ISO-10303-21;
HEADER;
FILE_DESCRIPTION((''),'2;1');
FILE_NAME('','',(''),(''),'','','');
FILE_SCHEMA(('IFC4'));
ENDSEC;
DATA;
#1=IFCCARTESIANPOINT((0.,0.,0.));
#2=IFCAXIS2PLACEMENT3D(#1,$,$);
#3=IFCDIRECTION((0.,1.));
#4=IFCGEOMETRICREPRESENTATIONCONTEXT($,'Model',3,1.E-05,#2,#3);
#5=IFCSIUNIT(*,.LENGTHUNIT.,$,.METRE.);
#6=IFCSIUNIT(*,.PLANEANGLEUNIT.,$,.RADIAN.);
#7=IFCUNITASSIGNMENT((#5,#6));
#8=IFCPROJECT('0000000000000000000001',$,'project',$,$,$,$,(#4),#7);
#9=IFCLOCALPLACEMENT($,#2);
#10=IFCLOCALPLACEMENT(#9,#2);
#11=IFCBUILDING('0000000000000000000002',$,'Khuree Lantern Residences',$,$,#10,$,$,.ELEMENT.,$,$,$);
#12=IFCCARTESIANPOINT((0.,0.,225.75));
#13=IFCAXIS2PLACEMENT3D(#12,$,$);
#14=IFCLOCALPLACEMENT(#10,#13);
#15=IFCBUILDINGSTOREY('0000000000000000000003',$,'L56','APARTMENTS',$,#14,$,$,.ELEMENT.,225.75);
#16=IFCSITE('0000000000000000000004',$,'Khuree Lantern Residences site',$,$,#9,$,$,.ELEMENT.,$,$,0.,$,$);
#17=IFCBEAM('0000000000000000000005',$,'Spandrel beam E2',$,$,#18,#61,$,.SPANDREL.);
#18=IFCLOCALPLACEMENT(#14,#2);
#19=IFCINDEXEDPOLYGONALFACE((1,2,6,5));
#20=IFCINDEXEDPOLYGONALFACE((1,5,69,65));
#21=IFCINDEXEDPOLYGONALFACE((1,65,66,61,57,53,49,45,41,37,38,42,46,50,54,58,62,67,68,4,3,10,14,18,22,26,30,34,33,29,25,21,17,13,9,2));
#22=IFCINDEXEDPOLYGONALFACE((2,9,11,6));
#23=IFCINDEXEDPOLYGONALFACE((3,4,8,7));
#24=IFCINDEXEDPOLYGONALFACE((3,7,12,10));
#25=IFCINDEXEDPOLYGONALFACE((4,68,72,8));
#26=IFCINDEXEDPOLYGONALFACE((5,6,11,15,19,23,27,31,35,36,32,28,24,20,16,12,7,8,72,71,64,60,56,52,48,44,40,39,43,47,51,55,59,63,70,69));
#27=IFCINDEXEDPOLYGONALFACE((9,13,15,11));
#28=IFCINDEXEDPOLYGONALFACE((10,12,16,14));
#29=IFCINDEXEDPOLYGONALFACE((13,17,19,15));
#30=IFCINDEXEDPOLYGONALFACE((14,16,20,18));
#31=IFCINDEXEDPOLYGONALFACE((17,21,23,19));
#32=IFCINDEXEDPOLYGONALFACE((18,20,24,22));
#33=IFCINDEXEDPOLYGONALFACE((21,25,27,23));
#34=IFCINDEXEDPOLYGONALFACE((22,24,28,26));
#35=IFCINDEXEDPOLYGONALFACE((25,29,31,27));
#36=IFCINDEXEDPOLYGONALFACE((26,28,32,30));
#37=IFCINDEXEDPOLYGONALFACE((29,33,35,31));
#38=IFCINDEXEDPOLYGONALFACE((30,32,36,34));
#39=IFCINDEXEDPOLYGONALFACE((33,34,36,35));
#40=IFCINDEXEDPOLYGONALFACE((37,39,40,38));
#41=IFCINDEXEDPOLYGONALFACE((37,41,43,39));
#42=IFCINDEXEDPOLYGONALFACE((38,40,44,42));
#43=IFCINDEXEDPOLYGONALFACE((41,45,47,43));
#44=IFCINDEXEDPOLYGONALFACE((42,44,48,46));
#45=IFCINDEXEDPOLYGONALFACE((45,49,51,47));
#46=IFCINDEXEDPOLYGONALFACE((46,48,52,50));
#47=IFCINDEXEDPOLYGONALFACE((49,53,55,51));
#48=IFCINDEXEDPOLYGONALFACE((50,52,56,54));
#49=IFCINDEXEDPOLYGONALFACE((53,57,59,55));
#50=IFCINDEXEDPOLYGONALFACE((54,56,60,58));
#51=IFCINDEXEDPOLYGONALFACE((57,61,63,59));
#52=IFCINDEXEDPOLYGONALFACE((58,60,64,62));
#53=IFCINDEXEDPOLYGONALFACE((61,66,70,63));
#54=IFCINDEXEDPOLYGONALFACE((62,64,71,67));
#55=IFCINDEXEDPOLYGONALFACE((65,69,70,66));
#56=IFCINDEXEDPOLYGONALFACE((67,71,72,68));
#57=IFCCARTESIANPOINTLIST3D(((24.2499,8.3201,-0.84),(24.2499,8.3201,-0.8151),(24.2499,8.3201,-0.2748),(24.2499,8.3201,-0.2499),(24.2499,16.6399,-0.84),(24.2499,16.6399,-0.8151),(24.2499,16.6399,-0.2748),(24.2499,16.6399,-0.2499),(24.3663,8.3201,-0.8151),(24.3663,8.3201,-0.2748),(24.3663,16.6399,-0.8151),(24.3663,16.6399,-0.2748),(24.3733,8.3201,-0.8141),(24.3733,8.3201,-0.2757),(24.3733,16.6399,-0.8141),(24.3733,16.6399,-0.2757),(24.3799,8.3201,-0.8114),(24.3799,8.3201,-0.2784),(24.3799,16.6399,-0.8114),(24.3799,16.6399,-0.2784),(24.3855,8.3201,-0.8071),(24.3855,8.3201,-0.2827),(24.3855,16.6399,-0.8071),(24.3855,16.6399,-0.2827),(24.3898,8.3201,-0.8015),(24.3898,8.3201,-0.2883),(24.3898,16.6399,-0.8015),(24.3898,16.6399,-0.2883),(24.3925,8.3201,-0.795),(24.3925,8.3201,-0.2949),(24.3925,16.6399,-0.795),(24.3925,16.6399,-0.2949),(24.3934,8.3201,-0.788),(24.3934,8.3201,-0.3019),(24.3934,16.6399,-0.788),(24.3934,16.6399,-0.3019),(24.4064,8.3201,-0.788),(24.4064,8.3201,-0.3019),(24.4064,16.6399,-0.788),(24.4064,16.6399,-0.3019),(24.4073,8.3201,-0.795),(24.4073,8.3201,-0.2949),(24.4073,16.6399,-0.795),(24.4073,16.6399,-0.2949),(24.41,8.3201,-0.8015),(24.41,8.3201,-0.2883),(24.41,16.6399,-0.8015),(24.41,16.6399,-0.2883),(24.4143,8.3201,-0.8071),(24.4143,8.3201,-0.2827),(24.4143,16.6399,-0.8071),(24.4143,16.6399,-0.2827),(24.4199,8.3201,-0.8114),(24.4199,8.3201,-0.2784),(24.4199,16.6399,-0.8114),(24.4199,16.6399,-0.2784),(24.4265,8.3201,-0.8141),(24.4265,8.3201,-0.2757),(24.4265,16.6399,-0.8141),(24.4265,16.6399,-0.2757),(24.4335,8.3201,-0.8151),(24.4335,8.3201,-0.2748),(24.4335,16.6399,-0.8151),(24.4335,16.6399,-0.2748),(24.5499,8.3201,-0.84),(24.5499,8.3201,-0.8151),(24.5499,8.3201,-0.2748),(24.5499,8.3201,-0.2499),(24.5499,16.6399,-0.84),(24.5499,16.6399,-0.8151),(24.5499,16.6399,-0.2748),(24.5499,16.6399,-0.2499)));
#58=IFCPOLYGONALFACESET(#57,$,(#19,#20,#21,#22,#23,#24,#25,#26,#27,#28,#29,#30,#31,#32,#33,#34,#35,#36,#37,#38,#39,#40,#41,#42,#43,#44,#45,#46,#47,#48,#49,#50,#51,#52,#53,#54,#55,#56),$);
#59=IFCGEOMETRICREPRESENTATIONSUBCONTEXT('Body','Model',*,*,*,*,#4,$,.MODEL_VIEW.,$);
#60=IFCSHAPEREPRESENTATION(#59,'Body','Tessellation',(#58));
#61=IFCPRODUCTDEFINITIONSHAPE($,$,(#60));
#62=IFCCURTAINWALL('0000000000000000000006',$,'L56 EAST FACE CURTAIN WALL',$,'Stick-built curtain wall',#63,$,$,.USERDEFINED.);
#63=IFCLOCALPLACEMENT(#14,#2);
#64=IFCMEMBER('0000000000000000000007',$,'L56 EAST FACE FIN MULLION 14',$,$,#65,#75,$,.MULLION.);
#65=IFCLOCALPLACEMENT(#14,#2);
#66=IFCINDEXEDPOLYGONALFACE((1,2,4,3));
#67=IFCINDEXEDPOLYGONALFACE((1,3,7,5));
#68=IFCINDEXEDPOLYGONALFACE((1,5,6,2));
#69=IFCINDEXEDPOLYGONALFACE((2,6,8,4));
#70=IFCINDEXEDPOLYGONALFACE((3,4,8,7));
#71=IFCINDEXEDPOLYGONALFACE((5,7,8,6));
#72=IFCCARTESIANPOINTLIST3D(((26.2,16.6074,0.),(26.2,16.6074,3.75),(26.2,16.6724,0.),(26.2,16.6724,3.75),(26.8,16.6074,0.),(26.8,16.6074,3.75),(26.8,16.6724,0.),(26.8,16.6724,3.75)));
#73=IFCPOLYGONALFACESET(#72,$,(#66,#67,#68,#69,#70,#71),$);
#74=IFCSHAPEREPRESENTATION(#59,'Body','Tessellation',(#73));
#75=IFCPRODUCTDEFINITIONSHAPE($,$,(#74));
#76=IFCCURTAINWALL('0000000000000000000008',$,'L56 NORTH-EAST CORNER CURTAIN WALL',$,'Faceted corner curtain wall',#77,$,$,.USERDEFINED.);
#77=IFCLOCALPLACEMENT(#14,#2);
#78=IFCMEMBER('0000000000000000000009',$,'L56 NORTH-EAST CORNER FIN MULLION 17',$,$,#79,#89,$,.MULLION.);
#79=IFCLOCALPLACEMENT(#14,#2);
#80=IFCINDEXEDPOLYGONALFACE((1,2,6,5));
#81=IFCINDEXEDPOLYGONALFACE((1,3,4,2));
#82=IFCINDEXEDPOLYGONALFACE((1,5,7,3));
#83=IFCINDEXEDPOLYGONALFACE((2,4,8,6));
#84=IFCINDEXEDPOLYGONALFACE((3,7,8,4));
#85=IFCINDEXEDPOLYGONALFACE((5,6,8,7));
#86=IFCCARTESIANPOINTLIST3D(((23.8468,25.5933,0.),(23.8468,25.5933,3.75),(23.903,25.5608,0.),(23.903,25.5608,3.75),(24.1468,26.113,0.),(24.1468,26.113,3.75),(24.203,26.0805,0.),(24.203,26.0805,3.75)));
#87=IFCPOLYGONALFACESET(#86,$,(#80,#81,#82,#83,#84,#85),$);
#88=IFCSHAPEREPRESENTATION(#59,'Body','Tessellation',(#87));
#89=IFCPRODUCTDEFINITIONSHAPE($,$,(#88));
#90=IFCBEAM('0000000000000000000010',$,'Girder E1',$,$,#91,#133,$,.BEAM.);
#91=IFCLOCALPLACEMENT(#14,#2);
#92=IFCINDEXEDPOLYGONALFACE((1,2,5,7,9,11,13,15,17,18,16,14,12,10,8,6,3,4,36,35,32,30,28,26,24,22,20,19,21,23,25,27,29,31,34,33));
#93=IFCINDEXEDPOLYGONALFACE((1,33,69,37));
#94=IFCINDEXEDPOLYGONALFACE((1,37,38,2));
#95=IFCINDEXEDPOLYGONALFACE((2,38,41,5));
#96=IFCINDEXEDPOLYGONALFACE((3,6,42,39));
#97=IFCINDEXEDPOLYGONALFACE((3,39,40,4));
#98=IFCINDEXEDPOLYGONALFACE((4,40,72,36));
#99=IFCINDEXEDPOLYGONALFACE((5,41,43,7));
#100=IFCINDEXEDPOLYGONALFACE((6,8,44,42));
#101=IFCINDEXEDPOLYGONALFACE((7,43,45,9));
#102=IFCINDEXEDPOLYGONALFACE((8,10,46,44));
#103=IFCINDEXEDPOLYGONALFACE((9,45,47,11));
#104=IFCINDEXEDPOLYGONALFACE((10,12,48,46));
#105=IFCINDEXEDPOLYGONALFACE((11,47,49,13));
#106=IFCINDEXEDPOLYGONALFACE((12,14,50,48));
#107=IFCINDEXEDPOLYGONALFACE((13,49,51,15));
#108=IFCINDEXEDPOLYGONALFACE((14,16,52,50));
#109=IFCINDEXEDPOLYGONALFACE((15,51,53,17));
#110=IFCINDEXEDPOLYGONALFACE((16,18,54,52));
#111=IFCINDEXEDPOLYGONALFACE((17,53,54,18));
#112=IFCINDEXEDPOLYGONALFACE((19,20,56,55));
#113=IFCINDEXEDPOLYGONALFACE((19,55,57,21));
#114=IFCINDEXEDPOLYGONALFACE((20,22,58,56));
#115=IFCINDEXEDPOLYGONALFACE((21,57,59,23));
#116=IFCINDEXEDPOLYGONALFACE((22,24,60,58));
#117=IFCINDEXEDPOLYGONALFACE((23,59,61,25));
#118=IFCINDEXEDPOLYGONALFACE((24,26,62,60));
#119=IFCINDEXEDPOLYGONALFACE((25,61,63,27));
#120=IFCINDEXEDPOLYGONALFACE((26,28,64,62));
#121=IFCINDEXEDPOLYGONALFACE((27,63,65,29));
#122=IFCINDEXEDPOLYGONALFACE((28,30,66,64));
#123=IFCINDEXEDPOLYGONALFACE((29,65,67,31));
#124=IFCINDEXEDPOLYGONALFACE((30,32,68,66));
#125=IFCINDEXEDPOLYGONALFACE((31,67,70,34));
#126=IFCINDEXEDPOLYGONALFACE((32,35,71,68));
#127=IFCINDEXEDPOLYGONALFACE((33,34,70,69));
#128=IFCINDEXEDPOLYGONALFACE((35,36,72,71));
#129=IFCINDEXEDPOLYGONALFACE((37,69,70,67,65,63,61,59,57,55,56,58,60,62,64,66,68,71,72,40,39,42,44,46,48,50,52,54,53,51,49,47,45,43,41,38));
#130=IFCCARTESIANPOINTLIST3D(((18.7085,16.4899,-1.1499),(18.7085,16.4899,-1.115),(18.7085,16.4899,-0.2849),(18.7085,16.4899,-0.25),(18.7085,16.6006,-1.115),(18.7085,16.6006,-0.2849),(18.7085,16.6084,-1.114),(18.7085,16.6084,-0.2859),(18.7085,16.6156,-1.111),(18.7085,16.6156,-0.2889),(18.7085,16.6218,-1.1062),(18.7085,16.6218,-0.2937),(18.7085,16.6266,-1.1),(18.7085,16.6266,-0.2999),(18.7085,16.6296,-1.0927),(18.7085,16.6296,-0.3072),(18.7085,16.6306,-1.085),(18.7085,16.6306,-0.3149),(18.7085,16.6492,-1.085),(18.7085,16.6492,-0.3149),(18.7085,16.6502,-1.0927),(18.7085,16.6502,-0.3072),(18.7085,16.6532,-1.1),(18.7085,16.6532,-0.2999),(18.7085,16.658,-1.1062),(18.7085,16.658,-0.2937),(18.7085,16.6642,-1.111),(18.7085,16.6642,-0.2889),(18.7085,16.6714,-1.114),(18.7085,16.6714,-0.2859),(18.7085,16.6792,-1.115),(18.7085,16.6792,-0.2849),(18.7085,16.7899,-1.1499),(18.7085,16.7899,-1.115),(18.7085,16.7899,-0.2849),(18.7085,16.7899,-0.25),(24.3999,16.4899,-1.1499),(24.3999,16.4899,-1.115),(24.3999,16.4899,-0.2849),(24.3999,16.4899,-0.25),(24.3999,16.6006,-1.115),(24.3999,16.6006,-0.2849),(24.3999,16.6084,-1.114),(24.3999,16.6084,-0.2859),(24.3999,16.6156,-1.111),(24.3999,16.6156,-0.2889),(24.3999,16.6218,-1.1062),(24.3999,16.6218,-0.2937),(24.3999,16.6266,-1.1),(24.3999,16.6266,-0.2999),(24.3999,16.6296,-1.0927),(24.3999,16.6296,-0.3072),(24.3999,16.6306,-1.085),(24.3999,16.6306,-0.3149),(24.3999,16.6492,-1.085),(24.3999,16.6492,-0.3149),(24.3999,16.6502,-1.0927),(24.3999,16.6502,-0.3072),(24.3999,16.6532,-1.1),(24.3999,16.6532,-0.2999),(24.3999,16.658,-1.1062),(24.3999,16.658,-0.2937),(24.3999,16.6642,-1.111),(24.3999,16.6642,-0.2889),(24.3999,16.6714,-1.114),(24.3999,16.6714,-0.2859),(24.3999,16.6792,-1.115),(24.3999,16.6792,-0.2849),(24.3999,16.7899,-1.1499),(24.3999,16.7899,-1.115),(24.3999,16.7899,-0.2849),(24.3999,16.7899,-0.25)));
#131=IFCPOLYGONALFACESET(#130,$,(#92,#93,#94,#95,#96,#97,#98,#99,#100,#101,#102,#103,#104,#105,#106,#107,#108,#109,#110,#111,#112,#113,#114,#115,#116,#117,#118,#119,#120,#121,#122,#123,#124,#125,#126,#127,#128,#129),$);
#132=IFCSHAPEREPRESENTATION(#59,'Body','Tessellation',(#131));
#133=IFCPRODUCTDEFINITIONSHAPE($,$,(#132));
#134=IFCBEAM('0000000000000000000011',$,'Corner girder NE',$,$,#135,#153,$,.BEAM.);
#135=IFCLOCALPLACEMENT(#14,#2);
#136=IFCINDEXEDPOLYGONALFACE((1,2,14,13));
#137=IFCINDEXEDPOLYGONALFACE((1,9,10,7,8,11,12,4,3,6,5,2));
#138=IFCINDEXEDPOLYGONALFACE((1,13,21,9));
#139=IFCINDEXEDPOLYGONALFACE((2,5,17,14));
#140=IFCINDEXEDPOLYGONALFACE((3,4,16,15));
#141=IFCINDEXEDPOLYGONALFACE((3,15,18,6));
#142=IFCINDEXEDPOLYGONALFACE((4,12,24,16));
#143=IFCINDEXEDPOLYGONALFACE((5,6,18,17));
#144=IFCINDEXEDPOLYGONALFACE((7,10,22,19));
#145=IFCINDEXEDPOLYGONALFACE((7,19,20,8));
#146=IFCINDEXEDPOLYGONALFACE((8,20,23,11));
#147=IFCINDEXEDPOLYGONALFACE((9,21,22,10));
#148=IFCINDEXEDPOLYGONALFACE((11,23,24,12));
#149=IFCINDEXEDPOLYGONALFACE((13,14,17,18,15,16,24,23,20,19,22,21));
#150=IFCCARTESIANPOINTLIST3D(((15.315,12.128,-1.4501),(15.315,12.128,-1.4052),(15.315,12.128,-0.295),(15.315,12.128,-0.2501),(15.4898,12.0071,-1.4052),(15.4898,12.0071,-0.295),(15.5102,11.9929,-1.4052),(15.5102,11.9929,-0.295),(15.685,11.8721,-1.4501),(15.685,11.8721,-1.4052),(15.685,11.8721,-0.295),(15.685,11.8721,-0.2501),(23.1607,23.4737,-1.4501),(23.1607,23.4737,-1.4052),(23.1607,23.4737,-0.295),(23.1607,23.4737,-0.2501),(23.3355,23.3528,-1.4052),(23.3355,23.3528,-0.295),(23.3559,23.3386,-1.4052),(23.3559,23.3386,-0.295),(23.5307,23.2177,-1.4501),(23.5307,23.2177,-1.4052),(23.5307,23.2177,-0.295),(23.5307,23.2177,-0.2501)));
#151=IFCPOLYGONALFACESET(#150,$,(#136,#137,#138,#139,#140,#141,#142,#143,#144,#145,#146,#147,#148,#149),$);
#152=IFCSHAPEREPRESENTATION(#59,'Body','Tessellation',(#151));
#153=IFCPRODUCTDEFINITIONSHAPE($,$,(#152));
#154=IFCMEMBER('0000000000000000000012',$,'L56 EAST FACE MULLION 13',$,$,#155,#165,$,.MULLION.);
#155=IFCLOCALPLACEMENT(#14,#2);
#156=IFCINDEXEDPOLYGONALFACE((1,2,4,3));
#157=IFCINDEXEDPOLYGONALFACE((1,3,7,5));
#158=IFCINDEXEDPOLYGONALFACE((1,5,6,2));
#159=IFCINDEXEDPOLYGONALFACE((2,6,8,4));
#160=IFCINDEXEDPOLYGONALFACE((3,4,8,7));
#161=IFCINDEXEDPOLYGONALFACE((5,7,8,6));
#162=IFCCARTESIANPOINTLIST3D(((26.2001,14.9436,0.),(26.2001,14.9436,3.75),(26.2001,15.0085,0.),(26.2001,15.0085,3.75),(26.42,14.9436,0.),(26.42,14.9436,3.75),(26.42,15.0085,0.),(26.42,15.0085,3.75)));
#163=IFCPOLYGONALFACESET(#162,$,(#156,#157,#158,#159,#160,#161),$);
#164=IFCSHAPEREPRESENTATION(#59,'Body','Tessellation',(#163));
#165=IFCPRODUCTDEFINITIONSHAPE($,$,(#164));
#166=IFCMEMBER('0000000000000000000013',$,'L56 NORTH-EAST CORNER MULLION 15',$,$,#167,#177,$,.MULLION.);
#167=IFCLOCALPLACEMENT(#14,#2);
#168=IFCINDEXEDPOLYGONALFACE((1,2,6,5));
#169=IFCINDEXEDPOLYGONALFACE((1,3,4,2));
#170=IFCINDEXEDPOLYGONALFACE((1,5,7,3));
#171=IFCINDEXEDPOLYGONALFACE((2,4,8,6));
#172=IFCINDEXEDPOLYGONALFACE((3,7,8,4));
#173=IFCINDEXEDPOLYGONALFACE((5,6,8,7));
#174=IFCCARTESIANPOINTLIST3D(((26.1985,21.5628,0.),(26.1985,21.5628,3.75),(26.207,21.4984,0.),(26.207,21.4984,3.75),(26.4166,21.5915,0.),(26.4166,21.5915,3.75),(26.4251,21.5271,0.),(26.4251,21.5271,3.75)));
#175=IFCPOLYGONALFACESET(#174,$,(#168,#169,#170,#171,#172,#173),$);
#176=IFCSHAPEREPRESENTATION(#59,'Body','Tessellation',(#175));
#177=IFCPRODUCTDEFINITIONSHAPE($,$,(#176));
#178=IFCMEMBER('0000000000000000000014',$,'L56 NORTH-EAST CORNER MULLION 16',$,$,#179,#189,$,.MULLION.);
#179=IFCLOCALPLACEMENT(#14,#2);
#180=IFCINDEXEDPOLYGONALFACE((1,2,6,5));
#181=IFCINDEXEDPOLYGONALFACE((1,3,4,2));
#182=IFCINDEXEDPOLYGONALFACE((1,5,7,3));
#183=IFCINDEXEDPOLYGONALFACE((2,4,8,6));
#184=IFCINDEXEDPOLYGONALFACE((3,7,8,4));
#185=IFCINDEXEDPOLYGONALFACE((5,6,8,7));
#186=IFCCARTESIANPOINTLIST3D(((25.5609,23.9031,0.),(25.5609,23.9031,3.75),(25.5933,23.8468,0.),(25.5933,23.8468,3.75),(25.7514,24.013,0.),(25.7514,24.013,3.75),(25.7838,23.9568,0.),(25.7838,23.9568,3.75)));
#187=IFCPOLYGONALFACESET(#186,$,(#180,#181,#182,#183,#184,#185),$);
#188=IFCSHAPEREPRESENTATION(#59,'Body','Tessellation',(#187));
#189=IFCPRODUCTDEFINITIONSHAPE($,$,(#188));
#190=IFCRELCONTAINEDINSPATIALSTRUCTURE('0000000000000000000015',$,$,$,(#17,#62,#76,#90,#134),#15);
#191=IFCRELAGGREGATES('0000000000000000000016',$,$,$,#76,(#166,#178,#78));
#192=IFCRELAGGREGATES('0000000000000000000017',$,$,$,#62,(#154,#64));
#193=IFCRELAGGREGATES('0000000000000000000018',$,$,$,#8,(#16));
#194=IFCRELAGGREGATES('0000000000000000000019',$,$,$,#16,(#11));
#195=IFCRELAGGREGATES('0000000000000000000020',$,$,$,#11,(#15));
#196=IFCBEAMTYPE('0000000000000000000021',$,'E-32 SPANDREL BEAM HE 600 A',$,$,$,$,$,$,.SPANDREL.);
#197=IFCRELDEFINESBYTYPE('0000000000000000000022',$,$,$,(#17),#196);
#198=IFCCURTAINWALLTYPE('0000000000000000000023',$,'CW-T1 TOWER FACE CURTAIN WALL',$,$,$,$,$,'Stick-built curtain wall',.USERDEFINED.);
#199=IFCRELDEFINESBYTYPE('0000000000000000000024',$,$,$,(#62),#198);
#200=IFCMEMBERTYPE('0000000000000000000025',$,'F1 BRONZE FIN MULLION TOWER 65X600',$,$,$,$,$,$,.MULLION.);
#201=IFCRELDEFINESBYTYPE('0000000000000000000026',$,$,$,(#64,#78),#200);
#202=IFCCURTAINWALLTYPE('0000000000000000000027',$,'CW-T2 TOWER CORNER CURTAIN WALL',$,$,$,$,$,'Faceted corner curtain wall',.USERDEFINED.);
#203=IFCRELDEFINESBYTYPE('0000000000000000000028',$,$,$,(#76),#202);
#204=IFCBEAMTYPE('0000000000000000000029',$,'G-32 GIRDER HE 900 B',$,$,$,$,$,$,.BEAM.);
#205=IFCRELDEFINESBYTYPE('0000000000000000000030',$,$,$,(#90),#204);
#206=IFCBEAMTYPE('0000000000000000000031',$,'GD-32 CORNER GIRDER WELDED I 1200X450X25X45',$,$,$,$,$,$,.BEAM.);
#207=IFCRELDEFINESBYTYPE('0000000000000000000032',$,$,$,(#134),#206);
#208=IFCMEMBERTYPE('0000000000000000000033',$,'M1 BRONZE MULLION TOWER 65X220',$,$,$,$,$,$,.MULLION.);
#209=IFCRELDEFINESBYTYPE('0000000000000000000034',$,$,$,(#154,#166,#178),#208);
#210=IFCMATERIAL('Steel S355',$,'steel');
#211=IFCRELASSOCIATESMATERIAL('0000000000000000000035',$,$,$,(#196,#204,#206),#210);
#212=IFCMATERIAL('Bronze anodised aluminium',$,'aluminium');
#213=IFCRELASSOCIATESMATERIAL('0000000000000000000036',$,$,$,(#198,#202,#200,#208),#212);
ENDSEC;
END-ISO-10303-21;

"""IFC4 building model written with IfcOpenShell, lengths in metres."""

from ifc_helpers import new_model, si_unit, direction, frame, origin, origin_2d, place, context, subcontext, project, spatial, rectangle, i_section, extrude, material, material_profile, profile_set, type_object, element, aggregate, save


model = new_model("IFC4")

# Units and contexts
model_context = context("Model", 3, precision=1e-05, world=origin(), true_north=direction((0.0, 1.0)))
body_context = subcontext(model_context, "Body", "Model", "MODEL_VIEW")
ifc_project = project(units=[si_unit("LENGTHUNIT", "METRE"), si_unit("PLANEANGLEUNIT", "RADIAN")], contexts=[model_context])

# Site, building, storey
site_placement = place(None, origin())
site = spatial("IfcSite", under=ifc_project, at=site_placement, Name="Khuree Lantern Residences site", CompositionType="ELEMENT", RefElevation=0.0)
building_placement = place(site_placement, origin())
building = spatial("IfcBuilding", under=site, at=building_placement, Name="Khuree Lantern Residences", CompositionType="ELEMENT")
storey_placement = place(building_placement, frame((0.0, 0.0, 225.75)))
storey = spatial("IfcBuildingStorey", under=building, at=storey_placement, Name="L56", Description="APARTMENTS", CompositionType="ELEMENT", Elevation=225.75)

# Beam
ifc_material_1 = material(Name="Steel S355", Category="steel")
ifc_material_profile_1 = material_profile(ifc_material_1, i_section(OverallWidth=0.3, OverallDepth=0.5901, WebThickness=0.0129, FlangeThickness=0.0249, FilletRadius=0.0271, at=origin_2d()), Name="HE 600 A")
ifc_profile_set_1 = profile_set([ifc_material_profile_1], Name="Steel S355")
beam_type_1 = type_object("IfcBeamType", Name="E-32 SPANDREL BEAM HE 600 A", PredefinedType="SPANDREL", material=ifc_profile_set_1)
beam_1_placement = place(storey_placement, frame((24.3999, 16.6399, -0.5449), z_axis=(0.0, -1.0, 0.0), x_axis=(1.0, 0.0, 0.0)))
element("IfcBeam", 1, at=beam_1_placement, inside=storey, type_object=beam_type_1, Name="Spandrel beam E2", PredefinedType="SPANDREL", context=body_context, shape_type="SweptSolid", body=[
    extrude(i_section(OverallWidth=0.3, OverallDepth=0.5901, WebThickness=0.0129, FlangeThickness=0.0249, FilletRadius=0.0271, at=origin_2d()), origin(), (0.0, 0.0, 1.0), 8.3198),
])

# Curtain walls, members
ifc_material_2 = material(Name="Bronze anodised aluminium", Category="aluminium")
curtain_wall_type_1 = type_object("IfcCurtainWallType", Name="CW-T1 TOWER FACE CURTAIN WALL", ElementType="Stick-built curtain wall", PredefinedType="USERDEFINED", material=ifc_material_2)
curtain_wall_1_placement = place(storey_placement, origin())
curtain_wall_1 = element("IfcCurtainWall", 2, at=curtain_wall_1_placement, inside=storey, type_object=curtain_wall_type_1, Name="L56 EAST FACE CURTAIN WALL", ObjectType="Stick-built curtain wall", PredefinedType="USERDEFINED")
ifc_material_profile_2 = material_profile(ifc_material_2, rectangle(XDim=0.0649, YDim=0.6001, at=origin_2d()), Name="F1 65X600")
ifc_profile_set_2 = profile_set([ifc_material_profile_2], Name="Bronze anodised aluminium")
member_type_1 = type_object("IfcMemberType", Name="F1 BRONZE FIN MULLION TOWER 65X600", PredefinedType="MULLION", material=ifc_profile_set_2)
member_1_placement = place(storey_placement, frame((26.5, 16.6399, 0.0), z_axis=(0.0, 0.0, 1.0), x_axis=(0.0, 1.0, 0.0)))
member_1 = element("IfcMember", 3, at=member_1_placement, type_object=member_type_1, Name="L56 EAST FACE FIN MULLION 14", PredefinedType="MULLION", context=body_context, shape_type="SweptSolid", body=[
    extrude(rectangle(XDim=0.0649, YDim=0.6001, at=origin_2d()), origin(), (0.0, 0.0, 1.0), 3.75),
])
curtain_wall_type_2 = type_object("IfcCurtainWallType", Name="CW-T2 TOWER CORNER CURTAIN WALL", ElementType="Faceted corner curtain wall", PredefinedType="USERDEFINED", material=ifc_material_2)
curtain_wall_2_placement = place(storey_placement, origin())
curtain_wall_2 = element("IfcCurtainWall", 4, at=curtain_wall_2_placement, inside=storey, type_object=curtain_wall_type_2, Name="L56 NORTH-EAST CORNER CURTAIN WALL", ObjectType="Faceted corner curtain wall", PredefinedType="USERDEFINED")
member_2_placement = place(storey_placement, frame((24.0249, 25.8369, 0.0), z_axis=(0.0, 0.0, 1.0), x_axis=(-0.866025, 0.5, 0.0)))
member_2 = element("IfcMember", 5, at=member_2_placement, type_object=member_type_1, Name="L56 NORTH-EAST CORNER FIN MULLION 17", PredefinedType="MULLION", context=body_context, shape_type="SweptSolid", body=[
    extrude(rectangle(XDim=0.0649, YDim=0.6001, at=origin_2d()), origin(), (0.0, 0.0, 1.0), 3.75),
])

# Beams
ifc_material_profile_3 = material_profile(ifc_material_1, i_section(OverallWidth=0.3, OverallDepth=0.8999, WebThickness=0.0186, FlangeThickness=0.0349, FilletRadius=0.03, at=origin_2d()), Name="HE 900 B")
ifc_profile_set_3 = profile_set([ifc_material_profile_3], Name="Steel S355")
beam_type_2 = type_object("IfcBeamType", Name="G-32 GIRDER HE 900 B", PredefinedType="BEAM", material=ifc_profile_set_3)
beam_2_placement = place(storey_placement, frame((24.3999, 16.6399, -0.7), z_axis=(-1.0, 0.0, 0.0), x_axis=(0.0, -1.0, 0.0)))
element("IfcBeam", 6, at=beam_2_placement, inside=storey, type_object=beam_type_2, Name="Girder E1", PredefinedType="BEAM", context=body_context, shape_type="SweptSolid", body=[
    extrude(i_section(OverallWidth=0.3, OverallDepth=0.8999, WebThickness=0.0186, FlangeThickness=0.0349, FilletRadius=0.03, at=origin_2d()), origin(), (0.0, 0.0, 1.0), 5.6914),
])
ifc_material_profile_4 = material_profile(ifc_material_1, i_section(OverallWidth=0.45, OverallDepth=1.2, WebThickness=0.0249, FlangeThickness=0.0449, at=origin_2d()), Name="WELDED I 1200X450X25X45")
ifc_profile_set_4 = profile_set([ifc_material_profile_4], Name="Steel S355")
beam_type_3 = type_object("IfcBeamType", Name="GD-32 CORNER GIRDER WELDED I 1200X450X25X45", PredefinedType="BEAM", material=ifc_profile_set_4)
beam_3_placement = place(storey_placement, frame((23.3457, 23.3457, -0.8501), z_axis=(-0.568768, -0.822498, 0.0), x_axis=(0.822498, -0.568768, 0.0)))
element("IfcBeam", 7, at=beam_3_placement, inside=storey, type_object=beam_type_3, Name="Corner girder NE", PredefinedType="BEAM", context=body_context, shape_type="SweptSolid", body=[
    extrude(i_section(OverallWidth=0.45, OverallDepth=1.2, WebThickness=0.0249, FlangeThickness=0.0449, at=origin_2d()), origin(), (0.0, 0.0, 1.0), 13.7942),
])

# Members
ifc_material_profile_5 = material_profile(ifc_material_2, rectangle(XDim=0.0649, YDim=0.22, at=origin_2d()), Name="M1 65X220")
ifc_profile_set_5 = profile_set([ifc_material_profile_5], Name="Bronze anodised aluminium")
member_type_2 = type_object("IfcMemberType", Name="M1 BRONZE MULLION TOWER 65X220", PredefinedType="MULLION", material=ifc_profile_set_5)
member_3_placement = place(storey_placement, frame((26.3101, 14.9761, 0.0), z_axis=(0.0, 0.0, 1.0), x_axis=(0.0, 1.0, 0.0)))
member_3 = element("IfcMember", 8, at=member_3_placement, type_object=member_type_2, Name="L56 EAST FACE MULLION 13", PredefinedType="MULLION", context=body_context, shape_type="SweptSolid", body=[
    extrude(rectangle(XDim=0.0649, YDim=0.22, at=origin_2d()), origin(), (0.0, 0.0, 1.0), 3.75),
])
member_4_placement = place(storey_placement, frame((26.3118, 21.5449, 0.0), z_axis=(0.0, 0.0, 1.0), x_axis=(-0.130526, 0.991445, 0.0)))
member_4 = element("IfcMember", 9, at=member_4_placement, type_object=member_type_2, Name="L56 NORTH-EAST CORNER MULLION 15", PredefinedType="MULLION", context=body_context, shape_type="SweptSolid", body=[
    extrude(rectangle(XDim=0.0649, YDim=0.22, at=origin_2d()), origin(), (0.0, 0.0, 1.0), 3.75),
])
member_5_placement = place(storey_placement, frame((25.6724, 23.9299, 0.0), z_axis=(0.0, 0.0, 1.0), x_axis=(-0.5, 0.866025, 0.0)))
member_5 = element("IfcMember", 10, at=member_5_placement, type_object=member_type_2, Name="L56 NORTH-EAST CORNER MULLION 16", PredefinedType="MULLION", context=body_context, shape_type="SweptSolid", body=[
    extrude(rectangle(XDim=0.0649, YDim=0.22, at=origin_2d()), origin(), (0.0, 0.0, 1.0), 3.75),
])

aggregate(curtain_wall_2, [member_4, member_5, member_2])
aggregate(curtain_wall_1, [member_3, member_1])

save(model, "model.ifc")
